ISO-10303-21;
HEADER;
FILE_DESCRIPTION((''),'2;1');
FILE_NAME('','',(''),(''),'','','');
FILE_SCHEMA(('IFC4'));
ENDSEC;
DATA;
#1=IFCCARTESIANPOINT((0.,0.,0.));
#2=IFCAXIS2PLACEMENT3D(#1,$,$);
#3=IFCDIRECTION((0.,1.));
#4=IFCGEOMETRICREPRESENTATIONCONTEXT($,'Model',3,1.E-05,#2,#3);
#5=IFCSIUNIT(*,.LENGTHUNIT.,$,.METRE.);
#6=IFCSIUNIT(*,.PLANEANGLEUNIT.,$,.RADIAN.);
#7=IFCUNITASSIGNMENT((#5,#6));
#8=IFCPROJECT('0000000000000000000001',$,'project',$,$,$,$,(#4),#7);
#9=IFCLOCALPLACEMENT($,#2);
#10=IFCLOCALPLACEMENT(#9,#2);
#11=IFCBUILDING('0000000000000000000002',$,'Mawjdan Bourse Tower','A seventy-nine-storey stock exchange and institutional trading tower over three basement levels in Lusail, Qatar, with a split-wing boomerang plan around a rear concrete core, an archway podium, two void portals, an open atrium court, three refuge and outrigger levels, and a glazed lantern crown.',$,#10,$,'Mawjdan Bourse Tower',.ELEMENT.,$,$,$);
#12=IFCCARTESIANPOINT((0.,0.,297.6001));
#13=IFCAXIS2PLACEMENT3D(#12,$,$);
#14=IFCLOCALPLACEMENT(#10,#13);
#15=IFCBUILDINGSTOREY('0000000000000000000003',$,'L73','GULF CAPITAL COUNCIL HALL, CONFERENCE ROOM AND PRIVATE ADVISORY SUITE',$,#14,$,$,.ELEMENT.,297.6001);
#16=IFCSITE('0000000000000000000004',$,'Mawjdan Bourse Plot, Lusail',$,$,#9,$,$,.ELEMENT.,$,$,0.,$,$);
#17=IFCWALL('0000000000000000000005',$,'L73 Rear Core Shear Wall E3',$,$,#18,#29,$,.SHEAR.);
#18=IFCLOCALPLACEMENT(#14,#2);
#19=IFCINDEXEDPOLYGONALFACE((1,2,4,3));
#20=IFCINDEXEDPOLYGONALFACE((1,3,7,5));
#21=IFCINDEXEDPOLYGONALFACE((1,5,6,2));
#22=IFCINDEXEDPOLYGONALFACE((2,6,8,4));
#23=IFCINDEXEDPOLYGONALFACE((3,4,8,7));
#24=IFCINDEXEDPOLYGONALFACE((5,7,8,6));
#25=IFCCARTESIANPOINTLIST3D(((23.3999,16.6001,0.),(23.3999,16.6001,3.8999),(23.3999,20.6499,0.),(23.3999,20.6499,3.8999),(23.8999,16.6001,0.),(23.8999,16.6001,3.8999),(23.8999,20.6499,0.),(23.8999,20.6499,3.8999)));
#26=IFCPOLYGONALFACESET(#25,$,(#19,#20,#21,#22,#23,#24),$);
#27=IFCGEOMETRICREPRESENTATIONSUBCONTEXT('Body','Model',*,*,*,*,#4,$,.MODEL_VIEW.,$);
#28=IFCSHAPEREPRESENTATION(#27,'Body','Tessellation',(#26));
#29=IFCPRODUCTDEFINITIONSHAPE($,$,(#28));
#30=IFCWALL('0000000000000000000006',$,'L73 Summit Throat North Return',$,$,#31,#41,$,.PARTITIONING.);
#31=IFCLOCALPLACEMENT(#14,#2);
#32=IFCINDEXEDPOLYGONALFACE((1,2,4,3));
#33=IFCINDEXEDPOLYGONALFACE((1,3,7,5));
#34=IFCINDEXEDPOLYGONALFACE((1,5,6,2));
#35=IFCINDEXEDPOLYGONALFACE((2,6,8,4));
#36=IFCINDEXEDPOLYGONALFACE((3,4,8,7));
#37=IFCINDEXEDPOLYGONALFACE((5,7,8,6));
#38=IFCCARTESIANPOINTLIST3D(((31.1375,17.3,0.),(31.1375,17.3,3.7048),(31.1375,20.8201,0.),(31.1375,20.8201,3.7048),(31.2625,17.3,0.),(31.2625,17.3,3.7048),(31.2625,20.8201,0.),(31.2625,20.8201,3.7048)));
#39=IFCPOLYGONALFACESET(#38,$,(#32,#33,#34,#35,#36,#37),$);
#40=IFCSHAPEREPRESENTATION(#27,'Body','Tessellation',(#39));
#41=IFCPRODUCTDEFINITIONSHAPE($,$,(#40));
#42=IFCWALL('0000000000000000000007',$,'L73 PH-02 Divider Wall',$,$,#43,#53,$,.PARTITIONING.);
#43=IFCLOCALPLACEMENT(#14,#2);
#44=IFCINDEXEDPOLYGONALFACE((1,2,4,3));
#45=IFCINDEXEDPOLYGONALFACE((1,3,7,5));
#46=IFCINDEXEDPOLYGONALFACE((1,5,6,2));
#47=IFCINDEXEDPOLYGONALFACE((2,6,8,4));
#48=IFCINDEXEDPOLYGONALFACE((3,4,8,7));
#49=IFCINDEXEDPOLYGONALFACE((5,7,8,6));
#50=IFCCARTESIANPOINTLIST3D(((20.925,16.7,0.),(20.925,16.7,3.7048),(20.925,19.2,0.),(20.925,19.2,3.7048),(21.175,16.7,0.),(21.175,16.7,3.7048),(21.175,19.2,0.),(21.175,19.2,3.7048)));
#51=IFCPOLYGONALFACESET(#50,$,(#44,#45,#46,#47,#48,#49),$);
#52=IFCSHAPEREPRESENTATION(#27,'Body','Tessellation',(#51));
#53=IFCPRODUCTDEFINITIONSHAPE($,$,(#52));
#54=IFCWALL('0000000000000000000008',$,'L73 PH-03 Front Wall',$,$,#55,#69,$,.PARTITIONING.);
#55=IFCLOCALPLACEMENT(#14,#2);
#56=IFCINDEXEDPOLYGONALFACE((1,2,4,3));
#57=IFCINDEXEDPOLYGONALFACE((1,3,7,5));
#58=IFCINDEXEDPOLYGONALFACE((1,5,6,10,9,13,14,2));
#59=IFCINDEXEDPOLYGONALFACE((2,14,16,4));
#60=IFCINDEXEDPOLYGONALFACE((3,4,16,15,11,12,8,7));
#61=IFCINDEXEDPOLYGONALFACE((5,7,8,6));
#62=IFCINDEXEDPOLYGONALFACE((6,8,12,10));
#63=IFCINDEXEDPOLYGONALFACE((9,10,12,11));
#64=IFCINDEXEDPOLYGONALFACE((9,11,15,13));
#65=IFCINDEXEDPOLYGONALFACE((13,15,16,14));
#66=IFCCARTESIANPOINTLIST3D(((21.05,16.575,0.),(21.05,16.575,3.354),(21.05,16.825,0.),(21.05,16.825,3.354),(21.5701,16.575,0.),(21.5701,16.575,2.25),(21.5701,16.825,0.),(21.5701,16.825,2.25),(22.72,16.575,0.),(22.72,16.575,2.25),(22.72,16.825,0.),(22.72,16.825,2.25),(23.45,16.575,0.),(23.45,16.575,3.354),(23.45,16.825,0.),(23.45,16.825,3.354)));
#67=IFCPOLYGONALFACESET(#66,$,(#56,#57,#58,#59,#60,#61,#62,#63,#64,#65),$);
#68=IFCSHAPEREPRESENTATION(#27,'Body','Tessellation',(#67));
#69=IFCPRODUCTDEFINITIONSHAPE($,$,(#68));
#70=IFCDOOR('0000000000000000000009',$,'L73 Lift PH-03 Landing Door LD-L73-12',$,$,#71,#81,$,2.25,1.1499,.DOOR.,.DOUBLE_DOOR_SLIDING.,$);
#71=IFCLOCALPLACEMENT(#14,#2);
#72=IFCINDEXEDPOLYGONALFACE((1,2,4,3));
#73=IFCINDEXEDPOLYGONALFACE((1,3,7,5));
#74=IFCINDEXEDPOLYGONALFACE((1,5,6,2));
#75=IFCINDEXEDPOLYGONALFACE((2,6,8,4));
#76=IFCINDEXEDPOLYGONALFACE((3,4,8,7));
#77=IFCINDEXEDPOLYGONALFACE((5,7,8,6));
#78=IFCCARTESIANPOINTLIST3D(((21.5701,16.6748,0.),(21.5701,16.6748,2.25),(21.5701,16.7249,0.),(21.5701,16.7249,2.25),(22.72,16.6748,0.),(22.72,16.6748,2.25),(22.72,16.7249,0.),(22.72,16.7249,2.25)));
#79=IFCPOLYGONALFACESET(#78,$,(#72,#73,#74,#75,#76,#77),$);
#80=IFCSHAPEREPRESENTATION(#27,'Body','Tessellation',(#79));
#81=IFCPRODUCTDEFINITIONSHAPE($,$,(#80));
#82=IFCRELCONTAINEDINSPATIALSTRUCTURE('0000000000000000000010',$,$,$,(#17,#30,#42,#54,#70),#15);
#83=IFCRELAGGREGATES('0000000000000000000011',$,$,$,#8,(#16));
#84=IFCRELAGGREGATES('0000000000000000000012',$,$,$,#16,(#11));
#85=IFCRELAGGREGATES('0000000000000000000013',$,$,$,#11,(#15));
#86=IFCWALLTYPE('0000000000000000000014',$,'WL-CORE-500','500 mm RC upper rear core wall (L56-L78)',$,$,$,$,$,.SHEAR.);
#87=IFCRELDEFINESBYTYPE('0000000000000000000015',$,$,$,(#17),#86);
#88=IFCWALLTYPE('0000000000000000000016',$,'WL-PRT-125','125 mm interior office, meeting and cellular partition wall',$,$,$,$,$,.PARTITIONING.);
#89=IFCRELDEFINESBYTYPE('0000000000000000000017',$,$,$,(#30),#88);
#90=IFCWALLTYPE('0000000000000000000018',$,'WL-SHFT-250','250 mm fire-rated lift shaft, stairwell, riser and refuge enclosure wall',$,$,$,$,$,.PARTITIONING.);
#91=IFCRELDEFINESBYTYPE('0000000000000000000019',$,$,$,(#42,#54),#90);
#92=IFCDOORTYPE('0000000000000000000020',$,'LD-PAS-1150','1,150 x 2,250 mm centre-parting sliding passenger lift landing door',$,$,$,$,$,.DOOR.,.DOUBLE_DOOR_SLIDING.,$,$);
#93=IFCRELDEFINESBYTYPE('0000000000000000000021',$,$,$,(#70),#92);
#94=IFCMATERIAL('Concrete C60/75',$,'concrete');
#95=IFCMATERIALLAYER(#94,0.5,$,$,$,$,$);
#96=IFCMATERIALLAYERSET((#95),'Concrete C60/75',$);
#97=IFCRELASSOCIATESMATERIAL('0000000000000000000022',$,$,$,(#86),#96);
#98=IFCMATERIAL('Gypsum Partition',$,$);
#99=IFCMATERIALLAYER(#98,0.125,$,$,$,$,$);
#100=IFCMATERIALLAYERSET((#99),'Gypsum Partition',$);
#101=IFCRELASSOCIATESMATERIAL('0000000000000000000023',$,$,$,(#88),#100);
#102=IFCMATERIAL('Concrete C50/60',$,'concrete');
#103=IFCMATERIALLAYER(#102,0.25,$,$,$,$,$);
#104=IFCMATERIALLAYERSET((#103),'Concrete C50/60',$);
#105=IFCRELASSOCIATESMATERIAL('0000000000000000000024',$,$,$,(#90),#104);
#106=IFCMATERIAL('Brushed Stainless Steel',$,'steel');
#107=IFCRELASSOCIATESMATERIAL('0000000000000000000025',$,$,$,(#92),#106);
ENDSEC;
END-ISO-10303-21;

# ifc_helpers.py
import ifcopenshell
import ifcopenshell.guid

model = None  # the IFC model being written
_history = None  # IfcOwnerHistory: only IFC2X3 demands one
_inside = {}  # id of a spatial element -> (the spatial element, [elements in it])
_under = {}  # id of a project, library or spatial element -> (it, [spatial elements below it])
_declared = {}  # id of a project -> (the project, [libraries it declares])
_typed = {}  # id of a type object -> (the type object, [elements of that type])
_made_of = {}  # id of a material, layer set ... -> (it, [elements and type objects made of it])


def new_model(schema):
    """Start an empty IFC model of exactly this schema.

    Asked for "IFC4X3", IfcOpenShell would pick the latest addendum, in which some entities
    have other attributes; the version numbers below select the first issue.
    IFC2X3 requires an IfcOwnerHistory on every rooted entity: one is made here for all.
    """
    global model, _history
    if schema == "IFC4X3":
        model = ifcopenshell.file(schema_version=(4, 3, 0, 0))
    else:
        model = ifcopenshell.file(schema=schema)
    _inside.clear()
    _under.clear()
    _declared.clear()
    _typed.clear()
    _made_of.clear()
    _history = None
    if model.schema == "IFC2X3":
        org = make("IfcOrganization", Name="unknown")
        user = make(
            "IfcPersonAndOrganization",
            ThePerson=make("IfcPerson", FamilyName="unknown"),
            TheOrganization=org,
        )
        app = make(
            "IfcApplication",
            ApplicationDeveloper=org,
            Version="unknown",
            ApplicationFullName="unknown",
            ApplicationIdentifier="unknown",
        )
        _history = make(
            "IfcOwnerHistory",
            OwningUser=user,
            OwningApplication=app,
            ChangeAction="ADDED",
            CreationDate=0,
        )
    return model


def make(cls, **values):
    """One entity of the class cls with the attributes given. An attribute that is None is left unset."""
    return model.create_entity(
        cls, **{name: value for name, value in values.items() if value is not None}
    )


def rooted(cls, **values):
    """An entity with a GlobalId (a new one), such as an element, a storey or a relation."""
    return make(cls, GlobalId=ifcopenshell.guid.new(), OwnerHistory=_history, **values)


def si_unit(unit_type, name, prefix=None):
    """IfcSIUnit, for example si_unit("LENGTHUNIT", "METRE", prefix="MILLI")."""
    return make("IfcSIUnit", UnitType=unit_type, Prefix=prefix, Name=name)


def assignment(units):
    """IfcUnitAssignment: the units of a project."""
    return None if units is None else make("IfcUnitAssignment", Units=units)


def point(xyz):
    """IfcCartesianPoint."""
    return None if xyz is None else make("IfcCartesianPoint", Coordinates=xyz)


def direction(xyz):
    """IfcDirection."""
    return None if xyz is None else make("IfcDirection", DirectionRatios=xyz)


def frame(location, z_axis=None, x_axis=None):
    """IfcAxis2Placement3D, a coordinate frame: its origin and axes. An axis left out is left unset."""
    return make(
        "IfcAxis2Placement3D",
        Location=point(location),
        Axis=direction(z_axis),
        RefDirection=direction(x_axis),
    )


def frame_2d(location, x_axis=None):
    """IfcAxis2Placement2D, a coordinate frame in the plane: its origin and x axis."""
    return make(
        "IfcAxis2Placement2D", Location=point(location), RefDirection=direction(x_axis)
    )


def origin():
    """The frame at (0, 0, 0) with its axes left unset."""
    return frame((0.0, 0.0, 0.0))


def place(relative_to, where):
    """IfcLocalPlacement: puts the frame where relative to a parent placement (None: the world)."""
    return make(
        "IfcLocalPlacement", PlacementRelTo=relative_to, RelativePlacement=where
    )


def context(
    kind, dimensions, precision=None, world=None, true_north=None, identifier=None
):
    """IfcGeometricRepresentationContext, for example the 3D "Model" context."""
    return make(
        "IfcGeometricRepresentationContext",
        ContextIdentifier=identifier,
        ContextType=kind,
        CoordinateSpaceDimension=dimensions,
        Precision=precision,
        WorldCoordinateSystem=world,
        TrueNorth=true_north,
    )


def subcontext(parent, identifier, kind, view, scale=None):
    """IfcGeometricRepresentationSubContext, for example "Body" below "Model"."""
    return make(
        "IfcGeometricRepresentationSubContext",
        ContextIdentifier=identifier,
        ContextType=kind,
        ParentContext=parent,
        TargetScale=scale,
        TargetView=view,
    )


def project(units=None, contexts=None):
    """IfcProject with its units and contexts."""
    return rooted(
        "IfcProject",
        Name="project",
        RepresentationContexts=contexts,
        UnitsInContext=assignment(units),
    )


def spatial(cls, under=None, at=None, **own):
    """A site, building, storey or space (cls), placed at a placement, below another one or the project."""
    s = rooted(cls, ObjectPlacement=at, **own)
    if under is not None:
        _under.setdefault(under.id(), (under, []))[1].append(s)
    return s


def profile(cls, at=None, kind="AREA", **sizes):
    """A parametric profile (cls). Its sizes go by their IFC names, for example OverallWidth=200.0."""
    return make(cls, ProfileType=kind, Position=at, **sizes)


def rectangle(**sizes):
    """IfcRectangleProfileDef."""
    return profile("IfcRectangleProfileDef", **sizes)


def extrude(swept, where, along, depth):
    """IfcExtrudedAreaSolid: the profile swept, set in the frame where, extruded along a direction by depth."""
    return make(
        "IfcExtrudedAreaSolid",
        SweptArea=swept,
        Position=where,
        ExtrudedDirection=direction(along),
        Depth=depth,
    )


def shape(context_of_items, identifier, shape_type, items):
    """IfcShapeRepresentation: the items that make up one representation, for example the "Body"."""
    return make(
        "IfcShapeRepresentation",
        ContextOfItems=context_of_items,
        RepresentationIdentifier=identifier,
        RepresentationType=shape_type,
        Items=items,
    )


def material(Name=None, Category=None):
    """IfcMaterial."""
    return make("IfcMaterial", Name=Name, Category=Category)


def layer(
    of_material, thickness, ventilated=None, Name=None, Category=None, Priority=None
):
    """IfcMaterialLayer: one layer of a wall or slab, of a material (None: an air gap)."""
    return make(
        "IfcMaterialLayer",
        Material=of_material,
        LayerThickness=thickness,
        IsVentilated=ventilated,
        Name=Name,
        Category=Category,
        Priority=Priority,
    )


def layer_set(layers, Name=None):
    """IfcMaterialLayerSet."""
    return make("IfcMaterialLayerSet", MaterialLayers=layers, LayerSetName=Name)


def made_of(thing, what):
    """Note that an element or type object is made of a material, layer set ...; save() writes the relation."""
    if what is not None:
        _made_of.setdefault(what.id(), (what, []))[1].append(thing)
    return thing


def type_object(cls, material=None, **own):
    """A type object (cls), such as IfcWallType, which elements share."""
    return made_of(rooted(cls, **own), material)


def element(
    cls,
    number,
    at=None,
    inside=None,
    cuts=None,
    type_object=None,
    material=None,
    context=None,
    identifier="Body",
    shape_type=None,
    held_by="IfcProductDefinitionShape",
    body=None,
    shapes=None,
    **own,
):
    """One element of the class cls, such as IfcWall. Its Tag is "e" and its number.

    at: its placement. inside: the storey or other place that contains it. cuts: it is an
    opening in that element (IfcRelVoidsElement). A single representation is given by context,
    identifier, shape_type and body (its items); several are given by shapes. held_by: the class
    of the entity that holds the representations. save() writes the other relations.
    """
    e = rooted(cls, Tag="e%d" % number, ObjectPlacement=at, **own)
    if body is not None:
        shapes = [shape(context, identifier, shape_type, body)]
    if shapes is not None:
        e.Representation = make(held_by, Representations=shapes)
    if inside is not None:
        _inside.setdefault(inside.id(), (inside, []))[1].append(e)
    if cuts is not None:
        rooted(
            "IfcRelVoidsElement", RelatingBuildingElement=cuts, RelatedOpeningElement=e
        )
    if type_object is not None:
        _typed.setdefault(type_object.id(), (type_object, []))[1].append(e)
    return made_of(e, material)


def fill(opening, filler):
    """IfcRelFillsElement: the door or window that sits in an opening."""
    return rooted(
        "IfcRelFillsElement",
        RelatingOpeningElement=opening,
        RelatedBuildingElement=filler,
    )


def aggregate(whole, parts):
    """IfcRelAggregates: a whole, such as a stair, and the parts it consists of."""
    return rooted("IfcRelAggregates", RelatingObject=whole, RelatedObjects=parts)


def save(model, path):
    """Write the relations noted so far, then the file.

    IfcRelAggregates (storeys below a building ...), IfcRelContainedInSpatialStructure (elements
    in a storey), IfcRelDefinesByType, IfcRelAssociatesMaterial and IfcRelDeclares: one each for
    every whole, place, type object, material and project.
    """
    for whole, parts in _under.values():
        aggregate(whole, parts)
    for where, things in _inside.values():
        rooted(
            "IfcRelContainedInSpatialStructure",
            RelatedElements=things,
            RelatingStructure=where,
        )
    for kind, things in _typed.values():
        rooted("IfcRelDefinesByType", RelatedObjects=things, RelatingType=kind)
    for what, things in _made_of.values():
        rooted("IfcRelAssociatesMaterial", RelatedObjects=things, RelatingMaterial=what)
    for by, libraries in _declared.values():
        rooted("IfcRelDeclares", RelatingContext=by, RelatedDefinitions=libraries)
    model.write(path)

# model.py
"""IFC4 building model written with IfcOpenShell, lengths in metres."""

from ifc_helpers import new_model, si_unit, direction, frame, frame_2d, origin, place, context, subcontext, project, spatial, rectangle, extrude, material, layer, layer_set, type_object, element, fill, save


model = new_model("IFC4")

# Units and contexts
model_context = context("Model", 3, precision=1e-05, world=origin(), true_north=direction((0.0, 1.0)))
body_context = subcontext(model_context, "Body", "Model", "MODEL_VIEW")
ifc_project = project(units=[si_unit("LENGTHUNIT", "METRE"), si_unit("PLANEANGLEUNIT", "RADIAN")], contexts=[model_context])

# Site, building, storey
site_placement = place(None, origin())
site = spatial("IfcSite", under=ifc_project, at=site_placement, Name="Mawjdan Bourse Plot, Lusail", CompositionType="ELEMENT", RefElevation=0.0)
building_placement = place(site_placement, origin())
building = spatial("IfcBuilding", under=site, at=building_placement, Name="Mawjdan Bourse Tower", Description="A seventy-nine-storey stock exchange and institutional trading tower over three basement levels in Lusail, Qatar, with a split-wing boomerang plan around a rear concrete core, an archway podium, two void portals, an open atrium court, three refuge and outrigger levels, and a glazed lantern crown.", LongName="Mawjdan Bourse Tower", CompositionType="ELEMENT")
storey_placement = place(building_placement, frame((0.0, 0.0, 297.6001)))
storey = spatial("IfcBuildingStorey", under=building, at=storey_placement, Name="L73", Description="GULF CAPITAL COUNCIL HALL, CONFERENCE ROOM AND PRIVATE ADVISORY SUITE", CompositionType="ELEMENT", Elevation=297.6001)

# Shared definitions
ifc_material_1 = material(Name="Concrete C60/75", Category="concrete")

# Walls
ifc_layer_1 = layer(ifc_material_1, 0.5)
ifc_layer_set_1 = layer_set([ifc_layer_1], Name="Concrete C60/75")
wall_type_1 = type_object("IfcWallType", Name="WL-CORE-500", Description="500 mm RC upper rear core wall (L56-L78)", PredefinedType="SHEAR", material=ifc_layer_set_1)
wall_1_placement = place(storey_placement, frame((23.6499, 16.6001, 0.0), z_axis=(0.0, 0.0, 1.0), x_axis=(0.0, 1.0, 0.0)))
element("IfcWall", 1, at=wall_1_placement, inside=storey, type_object=wall_type_1, Name="L73 Rear Core Shear Wall E3", PredefinedType="SHEAR", context=body_context, shape_type="SweptSolid", body=[
    extrude(rectangle(XDim=4.0498, YDim=0.5, at=frame_2d((2.0249, 0.0))), origin(), (0.0, 0.0, 1.0), 3.8999),
])
ifc_material_2 = material(Name="Gypsum Partition")
ifc_layer_2 = layer(ifc_material_2, 0.125)
ifc_layer_set_2 = layer_set([ifc_layer_2], Name="Gypsum Partition")
wall_type_2 = type_object("IfcWallType", Name="WL-PRT-125", Description="125 mm interior office, meeting and cellular partition wall", PredefinedType="PARTITIONING", material=ifc_layer_set_2)
wall_2_placement = place(storey_placement, frame((31.2, 17.3, 0.0), z_axis=(0.0, 0.0, 1.0), x_axis=(0.0, 1.0, 0.0)))
element("IfcWall", 2, at=wall_2_placement, inside=storey, type_object=wall_type_2, Name="L73 Summit Throat North Return", PredefinedType="PARTITIONING", context=body_context, shape_type="SweptSolid", body=[
    extrude(rectangle(XDim=3.52, YDim=0.125, at=frame_2d((1.76, 0.0))), origin(), (0.0, 0.0, 1.0), 3.7048),
])
ifc_material_3 = material(Name="Concrete C50/60", Category="concrete")
ifc_layer_3 = layer(ifc_material_3, 0.25)
ifc_layer_set_3 = layer_set([ifc_layer_3], Name="Concrete C50/60")
wall_type_3 = type_object("IfcWallType", Name="WL-SHFT-250", Description="250 mm fire-rated lift shaft, stairwell, riser and refuge enclosure wall", PredefinedType="PARTITIONING", material=ifc_layer_set_3)
wall_3_placement = place(storey_placement, frame((21.05, 16.7, 0.0), z_axis=(0.0, 0.0, 1.0), x_axis=(0.0, 1.0, 0.0)))
element("IfcWall", 3, at=wall_3_placement, inside=storey, type_object=wall_type_3, Name="L73 PH-02 Divider Wall", PredefinedType="PARTITIONING", context=body_context, shape_type="SweptSolid", body=[
    extrude(rectangle(XDim=2.5, YDim=0.25, at=frame_2d((1.25, 0.0))), origin(), (0.0, 0.0, 1.0), 3.7048),
])

# Wall, opening, door
wall_4_placement = place(storey_placement, frame((21.05, 16.7, 0.0), z_axis=(0.0, 0.0, 1.0), x_axis=(1.0, 0.0, 0.0)))
wall_4 = element("IfcWall", 4, at=wall_4_placement, inside=storey, type_object=wall_type_3, Name="L73 PH-03 Front Wall", PredefinedType="PARTITIONING", context=body_context, shape_type="SweptSolid", body=[
    extrude(rectangle(XDim=2.3999, YDim=0.25, at=frame_2d((1.2, 0.0))), origin(), (0.0, 0.0, 1.0), 3.354),
])
opening_1_placement = place(wall_4_placement, frame((0.52, 0.0, 0.0)))
opening_1 = element("IfcOpeningElement", 5, at=opening_1_placement, cuts=wall_4, PredefinedType="OPENING", context=body_context, shape_type="SweptSolid", body=[
    extrude(rectangle(XDim=1.1499, YDim=2.25, at=frame_2d((0.575, 1.125))), frame((0.0, 0.135, 0.0), z_axis=(0.0, -1.0, 0.0), x_axis=(1.0, 0.0, 0.0)), (0.0, 0.0, 1.0), 0.27),
])
ifc_material_4 = material(Name="Brushed Stainless Steel", Category="steel")
door_type_1 = type_object("IfcDoorType", Name="LD-PAS-1150", Description="1,150 x 2,250 mm centre-parting sliding passenger lift landing door", OperationType="DOUBLE_DOOR_SLIDING", PredefinedType="DOOR", material=ifc_material_4)
door_1_placement = place(opening_1_placement, origin())
door_1 = element("IfcDoor", 6, at=door_1_placement, inside=storey, type_object=door_type_1, Name="L73 Lift PH-03 Landing Door LD-L73-12", OperationType="DOUBLE_DOOR_SLIDING", OverallHeight=2.25, OverallWidth=1.1499, PredefinedType="DOOR", context=body_context, shape_type="SweptSolid", body=[
    extrude(rectangle(XDim=1.1499, YDim=2.25, at=frame_2d((0.575, 1.125))), frame((0.0, 0.0249, 0.0), z_axis=(0.0, -1.0, 0.0), x_axis=(1.0, 0.0, 0.0)), (0.0, 0.0, 1.0), 0.05),
])
fill(opening_1, door_1)

save(model, "model.ifc")
